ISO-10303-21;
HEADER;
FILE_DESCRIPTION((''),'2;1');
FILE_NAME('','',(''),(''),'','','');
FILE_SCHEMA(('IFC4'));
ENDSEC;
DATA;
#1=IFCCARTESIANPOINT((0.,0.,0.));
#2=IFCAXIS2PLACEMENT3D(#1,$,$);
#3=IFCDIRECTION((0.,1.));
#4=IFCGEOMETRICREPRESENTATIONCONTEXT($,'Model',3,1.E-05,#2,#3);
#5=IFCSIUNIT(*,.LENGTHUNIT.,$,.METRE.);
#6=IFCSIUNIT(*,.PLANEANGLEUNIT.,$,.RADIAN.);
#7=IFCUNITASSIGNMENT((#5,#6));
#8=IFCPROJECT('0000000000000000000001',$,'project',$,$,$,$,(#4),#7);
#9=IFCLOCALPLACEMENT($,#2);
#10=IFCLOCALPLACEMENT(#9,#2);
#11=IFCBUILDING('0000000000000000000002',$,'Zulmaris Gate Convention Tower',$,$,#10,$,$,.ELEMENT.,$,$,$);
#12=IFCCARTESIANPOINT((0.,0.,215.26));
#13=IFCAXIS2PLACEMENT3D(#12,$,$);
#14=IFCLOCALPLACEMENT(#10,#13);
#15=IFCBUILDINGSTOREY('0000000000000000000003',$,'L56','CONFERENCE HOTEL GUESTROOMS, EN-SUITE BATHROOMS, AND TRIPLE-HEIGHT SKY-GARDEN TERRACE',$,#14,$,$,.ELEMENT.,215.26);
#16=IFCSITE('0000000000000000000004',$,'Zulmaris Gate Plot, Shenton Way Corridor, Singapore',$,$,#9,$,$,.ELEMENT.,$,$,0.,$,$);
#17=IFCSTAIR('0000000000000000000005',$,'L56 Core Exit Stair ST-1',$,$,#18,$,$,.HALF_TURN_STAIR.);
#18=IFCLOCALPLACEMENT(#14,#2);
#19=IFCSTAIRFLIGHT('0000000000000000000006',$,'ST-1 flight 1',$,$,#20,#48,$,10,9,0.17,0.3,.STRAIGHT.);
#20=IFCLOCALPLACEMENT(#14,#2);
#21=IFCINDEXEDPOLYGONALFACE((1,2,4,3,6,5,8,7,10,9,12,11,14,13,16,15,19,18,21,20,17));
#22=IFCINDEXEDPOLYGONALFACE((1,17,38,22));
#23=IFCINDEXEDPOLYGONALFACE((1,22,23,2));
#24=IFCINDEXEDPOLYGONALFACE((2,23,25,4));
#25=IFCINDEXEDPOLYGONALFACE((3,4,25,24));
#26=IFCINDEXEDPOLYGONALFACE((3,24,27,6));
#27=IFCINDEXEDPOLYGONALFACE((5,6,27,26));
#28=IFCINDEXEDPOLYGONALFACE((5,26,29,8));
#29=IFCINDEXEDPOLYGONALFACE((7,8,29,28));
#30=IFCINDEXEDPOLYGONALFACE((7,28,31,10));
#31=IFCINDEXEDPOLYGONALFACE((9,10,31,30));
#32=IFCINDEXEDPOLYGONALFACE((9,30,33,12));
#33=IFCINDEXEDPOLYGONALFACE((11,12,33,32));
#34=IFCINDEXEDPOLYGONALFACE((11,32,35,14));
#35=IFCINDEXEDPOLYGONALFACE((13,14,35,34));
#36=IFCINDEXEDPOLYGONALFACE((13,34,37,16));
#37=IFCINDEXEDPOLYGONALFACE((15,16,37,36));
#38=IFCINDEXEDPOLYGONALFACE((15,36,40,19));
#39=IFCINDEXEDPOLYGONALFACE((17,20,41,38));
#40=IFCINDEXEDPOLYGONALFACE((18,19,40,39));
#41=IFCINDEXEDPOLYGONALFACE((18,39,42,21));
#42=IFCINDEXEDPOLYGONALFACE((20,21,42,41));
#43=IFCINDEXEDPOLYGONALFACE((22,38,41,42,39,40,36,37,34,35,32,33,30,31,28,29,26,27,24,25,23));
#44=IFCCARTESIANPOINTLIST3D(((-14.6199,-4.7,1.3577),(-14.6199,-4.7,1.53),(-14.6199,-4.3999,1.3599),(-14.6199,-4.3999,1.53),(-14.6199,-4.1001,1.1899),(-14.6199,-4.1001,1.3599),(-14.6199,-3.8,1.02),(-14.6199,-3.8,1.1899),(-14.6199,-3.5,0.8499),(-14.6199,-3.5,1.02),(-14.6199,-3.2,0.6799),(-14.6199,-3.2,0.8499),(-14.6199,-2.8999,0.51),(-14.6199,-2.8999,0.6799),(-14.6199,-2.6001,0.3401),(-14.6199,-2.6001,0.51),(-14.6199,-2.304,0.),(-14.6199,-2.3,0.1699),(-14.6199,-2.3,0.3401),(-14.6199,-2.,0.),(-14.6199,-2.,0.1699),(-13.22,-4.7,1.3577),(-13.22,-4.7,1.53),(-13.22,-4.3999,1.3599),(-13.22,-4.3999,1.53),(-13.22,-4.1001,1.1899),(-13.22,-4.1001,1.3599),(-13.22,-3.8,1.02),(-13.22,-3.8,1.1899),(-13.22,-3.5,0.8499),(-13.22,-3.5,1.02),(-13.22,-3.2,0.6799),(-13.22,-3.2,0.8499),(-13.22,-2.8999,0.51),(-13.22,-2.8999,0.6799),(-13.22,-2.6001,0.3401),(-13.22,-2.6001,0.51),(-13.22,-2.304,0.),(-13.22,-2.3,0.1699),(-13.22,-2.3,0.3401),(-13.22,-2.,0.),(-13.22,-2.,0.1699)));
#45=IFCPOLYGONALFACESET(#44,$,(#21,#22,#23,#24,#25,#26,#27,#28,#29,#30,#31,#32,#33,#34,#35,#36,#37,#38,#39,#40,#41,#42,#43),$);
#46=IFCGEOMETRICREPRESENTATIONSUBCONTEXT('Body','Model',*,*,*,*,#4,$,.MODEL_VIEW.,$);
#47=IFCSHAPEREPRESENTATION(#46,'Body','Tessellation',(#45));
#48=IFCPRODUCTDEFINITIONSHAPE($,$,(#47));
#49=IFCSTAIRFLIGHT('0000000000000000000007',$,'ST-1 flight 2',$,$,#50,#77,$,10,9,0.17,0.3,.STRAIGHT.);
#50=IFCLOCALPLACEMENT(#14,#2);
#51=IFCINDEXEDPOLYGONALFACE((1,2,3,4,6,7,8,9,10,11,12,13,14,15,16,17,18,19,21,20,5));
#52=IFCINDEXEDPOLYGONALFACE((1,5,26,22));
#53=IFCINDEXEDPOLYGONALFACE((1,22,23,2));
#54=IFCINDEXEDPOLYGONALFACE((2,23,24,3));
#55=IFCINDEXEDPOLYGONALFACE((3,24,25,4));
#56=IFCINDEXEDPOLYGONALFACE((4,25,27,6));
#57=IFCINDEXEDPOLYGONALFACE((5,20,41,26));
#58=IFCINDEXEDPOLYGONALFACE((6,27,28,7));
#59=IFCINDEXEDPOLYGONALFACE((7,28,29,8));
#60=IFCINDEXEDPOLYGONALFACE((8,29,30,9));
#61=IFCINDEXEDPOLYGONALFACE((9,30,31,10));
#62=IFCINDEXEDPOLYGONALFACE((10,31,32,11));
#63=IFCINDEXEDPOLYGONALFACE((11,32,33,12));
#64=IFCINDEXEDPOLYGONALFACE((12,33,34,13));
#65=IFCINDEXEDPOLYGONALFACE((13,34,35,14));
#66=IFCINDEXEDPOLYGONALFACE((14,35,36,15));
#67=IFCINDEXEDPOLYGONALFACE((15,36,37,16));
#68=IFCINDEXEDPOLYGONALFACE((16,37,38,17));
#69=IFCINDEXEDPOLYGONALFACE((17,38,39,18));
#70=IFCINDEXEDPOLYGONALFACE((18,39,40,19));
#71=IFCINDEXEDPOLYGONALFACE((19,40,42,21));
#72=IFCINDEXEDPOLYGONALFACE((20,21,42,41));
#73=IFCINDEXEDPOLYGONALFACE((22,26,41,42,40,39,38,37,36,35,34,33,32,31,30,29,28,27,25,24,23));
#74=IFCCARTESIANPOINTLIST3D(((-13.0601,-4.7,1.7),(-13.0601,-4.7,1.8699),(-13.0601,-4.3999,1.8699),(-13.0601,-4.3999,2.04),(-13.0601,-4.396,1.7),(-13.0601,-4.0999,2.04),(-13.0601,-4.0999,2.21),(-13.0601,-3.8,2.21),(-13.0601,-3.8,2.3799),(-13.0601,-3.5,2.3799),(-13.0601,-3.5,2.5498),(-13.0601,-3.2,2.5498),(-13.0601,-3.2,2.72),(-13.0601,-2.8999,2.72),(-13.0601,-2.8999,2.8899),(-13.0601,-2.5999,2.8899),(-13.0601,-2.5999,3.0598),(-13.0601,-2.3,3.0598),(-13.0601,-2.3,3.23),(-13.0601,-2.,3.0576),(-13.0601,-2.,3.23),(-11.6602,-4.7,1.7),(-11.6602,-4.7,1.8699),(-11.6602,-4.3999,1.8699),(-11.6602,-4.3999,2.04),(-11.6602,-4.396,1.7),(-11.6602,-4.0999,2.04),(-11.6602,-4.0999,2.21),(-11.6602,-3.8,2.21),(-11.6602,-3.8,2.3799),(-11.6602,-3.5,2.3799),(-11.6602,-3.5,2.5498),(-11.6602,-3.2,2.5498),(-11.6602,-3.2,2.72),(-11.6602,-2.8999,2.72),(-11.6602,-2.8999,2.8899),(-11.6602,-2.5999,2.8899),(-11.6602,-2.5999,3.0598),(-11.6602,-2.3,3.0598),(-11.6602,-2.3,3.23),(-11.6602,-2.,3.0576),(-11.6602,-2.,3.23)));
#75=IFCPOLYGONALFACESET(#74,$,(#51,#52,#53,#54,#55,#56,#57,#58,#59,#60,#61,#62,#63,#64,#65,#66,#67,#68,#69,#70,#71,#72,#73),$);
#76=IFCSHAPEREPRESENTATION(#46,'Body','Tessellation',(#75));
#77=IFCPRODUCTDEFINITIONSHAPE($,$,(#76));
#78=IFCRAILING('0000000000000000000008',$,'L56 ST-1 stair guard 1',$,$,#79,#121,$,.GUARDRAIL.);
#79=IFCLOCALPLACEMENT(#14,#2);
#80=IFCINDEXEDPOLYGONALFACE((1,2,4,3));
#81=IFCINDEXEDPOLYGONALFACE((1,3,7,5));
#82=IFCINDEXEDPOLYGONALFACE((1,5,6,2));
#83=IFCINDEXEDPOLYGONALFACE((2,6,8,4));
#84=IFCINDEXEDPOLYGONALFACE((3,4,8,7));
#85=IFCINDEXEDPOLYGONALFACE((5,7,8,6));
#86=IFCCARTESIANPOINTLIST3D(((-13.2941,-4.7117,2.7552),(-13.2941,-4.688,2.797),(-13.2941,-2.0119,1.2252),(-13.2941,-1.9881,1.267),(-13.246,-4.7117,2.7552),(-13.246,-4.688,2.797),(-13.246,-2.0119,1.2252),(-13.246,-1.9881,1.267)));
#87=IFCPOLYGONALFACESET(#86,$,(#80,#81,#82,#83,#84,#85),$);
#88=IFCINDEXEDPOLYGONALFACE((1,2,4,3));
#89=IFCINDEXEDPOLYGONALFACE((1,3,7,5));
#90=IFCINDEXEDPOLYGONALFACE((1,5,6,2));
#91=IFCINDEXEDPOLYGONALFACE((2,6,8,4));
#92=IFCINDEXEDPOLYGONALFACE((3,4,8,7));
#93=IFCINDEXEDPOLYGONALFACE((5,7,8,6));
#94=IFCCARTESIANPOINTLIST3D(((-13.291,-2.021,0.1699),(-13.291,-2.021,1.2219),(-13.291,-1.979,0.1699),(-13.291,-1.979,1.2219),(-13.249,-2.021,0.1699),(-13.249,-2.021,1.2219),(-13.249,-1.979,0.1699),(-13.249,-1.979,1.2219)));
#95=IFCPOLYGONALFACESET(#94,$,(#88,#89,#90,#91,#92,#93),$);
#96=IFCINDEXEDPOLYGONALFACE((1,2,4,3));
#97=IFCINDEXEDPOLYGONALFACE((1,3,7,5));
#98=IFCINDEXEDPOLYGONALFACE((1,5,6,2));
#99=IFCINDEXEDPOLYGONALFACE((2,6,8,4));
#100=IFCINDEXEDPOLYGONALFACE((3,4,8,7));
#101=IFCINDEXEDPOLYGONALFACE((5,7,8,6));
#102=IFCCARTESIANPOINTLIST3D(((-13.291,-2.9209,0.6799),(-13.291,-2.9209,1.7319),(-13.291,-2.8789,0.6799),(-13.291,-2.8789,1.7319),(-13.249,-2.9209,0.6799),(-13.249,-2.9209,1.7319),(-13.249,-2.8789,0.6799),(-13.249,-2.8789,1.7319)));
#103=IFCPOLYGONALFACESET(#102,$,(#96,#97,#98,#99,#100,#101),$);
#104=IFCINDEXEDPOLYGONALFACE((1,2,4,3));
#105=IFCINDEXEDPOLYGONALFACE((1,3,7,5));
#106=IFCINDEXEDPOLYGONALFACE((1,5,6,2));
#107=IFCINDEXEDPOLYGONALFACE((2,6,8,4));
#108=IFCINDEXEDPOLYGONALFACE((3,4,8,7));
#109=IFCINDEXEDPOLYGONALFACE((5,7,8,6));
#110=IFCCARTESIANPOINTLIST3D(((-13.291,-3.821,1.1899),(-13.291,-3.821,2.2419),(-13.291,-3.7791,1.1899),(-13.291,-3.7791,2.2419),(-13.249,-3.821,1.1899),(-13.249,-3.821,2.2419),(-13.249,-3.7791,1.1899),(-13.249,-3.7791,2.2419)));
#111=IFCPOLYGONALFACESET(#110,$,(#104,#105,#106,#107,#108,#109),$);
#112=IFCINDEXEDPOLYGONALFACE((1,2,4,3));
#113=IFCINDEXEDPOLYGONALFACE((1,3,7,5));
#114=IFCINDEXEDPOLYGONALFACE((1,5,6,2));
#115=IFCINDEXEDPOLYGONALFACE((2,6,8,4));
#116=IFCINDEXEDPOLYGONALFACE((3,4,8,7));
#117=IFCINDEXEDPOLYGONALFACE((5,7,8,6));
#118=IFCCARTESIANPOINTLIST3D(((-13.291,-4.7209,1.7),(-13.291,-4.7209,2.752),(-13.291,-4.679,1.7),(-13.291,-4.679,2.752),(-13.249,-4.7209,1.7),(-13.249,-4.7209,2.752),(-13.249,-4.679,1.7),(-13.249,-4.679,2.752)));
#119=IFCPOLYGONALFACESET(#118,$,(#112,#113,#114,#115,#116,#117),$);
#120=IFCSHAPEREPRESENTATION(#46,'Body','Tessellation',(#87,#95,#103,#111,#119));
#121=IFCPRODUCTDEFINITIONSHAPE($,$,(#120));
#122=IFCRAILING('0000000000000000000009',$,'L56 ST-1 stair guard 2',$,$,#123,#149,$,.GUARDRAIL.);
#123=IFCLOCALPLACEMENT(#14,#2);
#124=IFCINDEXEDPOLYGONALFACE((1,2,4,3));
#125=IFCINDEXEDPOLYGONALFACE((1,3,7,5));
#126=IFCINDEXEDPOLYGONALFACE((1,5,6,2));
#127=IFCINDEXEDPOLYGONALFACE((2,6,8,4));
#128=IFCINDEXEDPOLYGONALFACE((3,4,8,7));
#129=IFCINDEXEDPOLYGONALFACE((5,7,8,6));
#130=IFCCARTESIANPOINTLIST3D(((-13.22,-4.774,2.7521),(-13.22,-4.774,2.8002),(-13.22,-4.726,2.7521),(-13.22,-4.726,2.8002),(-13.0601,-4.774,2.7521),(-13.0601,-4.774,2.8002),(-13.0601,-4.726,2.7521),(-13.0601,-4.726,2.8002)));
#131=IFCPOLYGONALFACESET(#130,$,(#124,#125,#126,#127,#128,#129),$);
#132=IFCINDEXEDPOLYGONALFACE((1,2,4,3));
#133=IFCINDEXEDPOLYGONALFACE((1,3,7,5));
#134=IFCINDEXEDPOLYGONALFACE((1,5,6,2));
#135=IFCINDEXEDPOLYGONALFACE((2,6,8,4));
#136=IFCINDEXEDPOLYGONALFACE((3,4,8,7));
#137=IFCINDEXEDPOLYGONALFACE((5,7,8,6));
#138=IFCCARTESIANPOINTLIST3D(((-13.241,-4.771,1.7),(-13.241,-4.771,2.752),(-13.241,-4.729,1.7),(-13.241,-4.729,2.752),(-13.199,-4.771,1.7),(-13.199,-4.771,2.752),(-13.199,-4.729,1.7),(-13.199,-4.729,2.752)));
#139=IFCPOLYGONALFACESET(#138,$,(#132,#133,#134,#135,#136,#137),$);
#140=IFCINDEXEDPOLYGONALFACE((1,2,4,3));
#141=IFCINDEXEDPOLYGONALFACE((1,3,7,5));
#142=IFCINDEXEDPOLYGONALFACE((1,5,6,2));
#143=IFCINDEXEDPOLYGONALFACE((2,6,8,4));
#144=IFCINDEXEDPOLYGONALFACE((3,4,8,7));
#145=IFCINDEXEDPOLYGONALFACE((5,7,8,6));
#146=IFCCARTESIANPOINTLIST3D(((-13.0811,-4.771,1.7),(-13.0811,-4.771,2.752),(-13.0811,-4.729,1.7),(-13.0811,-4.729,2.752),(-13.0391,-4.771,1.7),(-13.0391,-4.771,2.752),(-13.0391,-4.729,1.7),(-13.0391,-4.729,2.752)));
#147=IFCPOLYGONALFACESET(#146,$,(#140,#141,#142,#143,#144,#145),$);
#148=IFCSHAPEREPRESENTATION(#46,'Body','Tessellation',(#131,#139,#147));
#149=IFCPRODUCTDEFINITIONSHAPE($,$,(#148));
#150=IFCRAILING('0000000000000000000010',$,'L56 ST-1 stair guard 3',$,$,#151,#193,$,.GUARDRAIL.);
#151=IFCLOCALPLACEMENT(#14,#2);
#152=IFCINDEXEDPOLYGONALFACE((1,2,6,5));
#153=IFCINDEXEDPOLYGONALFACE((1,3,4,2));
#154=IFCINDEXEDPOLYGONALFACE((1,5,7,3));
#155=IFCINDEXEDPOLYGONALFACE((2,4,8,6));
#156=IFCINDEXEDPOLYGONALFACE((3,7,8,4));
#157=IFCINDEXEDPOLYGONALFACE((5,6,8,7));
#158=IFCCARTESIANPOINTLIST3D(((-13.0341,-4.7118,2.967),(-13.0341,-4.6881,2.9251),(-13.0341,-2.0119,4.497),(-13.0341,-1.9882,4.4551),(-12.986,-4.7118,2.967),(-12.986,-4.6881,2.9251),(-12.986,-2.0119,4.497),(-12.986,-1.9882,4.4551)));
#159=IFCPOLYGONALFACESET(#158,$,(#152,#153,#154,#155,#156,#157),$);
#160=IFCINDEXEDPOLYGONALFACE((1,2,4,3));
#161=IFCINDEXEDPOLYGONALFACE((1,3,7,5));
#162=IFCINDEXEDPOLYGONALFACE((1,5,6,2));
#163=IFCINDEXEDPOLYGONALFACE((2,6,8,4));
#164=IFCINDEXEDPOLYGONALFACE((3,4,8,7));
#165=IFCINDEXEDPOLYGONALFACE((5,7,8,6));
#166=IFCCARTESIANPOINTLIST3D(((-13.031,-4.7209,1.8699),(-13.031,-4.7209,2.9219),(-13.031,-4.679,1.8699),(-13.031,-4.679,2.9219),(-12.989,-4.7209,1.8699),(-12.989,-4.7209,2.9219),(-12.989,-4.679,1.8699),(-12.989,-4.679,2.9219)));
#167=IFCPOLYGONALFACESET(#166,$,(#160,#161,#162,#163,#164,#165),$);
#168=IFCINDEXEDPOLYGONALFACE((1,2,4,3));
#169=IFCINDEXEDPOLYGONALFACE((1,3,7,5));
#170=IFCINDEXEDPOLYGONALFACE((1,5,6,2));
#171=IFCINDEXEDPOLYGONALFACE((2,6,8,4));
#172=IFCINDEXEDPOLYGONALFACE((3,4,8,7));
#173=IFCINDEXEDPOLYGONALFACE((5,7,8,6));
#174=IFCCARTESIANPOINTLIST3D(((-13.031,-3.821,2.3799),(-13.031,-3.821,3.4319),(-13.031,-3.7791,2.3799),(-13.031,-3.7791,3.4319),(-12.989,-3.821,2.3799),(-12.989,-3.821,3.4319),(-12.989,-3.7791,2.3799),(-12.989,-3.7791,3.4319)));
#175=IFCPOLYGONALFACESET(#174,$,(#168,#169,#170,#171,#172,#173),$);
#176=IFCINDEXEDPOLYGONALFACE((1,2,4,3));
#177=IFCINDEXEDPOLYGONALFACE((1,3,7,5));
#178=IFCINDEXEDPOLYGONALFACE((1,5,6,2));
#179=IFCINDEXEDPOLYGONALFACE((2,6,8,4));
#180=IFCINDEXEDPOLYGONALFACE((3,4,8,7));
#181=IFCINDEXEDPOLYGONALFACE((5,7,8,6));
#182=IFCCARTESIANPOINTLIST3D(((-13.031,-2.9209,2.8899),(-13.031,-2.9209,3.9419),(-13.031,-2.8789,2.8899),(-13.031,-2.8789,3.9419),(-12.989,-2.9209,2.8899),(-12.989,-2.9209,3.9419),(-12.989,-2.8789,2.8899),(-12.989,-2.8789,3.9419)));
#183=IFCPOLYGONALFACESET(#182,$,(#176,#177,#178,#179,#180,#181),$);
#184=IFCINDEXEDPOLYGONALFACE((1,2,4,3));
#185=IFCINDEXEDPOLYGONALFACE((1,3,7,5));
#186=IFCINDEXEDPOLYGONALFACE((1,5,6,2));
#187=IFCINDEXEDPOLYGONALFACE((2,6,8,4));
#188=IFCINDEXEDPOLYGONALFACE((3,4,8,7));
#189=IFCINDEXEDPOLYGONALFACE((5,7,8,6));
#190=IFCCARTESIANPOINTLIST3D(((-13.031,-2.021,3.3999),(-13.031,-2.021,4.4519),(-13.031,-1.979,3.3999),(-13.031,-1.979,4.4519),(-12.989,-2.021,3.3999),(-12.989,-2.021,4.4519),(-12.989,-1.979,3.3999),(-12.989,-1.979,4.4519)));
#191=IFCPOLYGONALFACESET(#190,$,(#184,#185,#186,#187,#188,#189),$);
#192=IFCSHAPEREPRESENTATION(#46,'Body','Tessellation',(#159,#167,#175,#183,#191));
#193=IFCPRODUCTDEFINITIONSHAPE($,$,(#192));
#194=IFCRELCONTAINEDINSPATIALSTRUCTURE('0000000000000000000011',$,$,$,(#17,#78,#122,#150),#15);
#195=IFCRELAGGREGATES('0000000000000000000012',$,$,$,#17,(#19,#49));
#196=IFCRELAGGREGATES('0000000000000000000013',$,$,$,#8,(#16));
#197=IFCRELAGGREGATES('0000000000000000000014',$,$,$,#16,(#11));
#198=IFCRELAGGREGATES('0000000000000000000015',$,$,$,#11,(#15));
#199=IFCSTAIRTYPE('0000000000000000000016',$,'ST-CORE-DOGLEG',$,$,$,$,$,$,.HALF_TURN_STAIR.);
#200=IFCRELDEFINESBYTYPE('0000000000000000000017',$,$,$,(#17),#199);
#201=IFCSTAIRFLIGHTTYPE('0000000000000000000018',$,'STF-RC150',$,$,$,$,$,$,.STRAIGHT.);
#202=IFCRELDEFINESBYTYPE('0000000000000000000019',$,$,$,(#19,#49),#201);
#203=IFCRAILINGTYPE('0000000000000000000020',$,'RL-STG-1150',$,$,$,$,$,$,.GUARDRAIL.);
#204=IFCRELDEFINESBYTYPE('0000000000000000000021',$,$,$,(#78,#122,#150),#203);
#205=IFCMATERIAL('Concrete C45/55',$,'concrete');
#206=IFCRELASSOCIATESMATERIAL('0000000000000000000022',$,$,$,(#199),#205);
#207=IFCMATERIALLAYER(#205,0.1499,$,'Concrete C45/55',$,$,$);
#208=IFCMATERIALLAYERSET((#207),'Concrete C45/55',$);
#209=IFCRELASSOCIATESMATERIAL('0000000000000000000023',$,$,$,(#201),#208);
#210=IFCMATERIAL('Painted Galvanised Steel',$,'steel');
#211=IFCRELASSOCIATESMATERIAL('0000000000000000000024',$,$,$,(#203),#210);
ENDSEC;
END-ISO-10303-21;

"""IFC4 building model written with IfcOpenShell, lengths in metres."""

from ifc_helpers import new_model, si_unit, direction, frame, origin, origin_2d, place, context, subcontext, project, spatial, polyline, rectangle, outline, extrude, material, layer, layer_set, type_object, element, aggregate, save


model = new_model("IFC4")

# Units and contexts
model_context = context("Model", 3, precision=1e-05, world=origin(), true_north=direction((0.0, 1.0)))
body_context = subcontext(model_context, "Body", "Model", "MODEL_VIEW")
ifc_project = project(units=[si_unit("LENGTHUNIT", "METRE"), si_unit("PLANEANGLEUNIT", "RADIAN")], contexts=[model_context])

# Site, building, storey
site_placement = place(None, origin())
site = spatial("IfcSite", under=ifc_project, at=site_placement, Name="Zulmaris Gate Plot, Shenton Way Corridor, Singapore", CompositionType="ELEMENT", RefElevation=0.0)
building_placement = place(site_placement, origin())
building = spatial("IfcBuilding", under=site, at=building_placement, Name="Zulmaris Gate Convention Tower", CompositionType="ELEMENT")
storey_placement = place(building_placement, frame((0.0, 0.0, 215.26)))
storey = spatial("IfcBuildingStorey", under=building, at=storey_placement, Name="L56", Description="CONFERENCE HOTEL GUESTROOMS, EN-SUITE BATHROOMS, AND TRIPLE-HEIGHT SKY-GARDEN TERRACE", CompositionType="ELEMENT", Elevation=215.26)

# Stair, stair flights
ifc_material_1 = material(Name="Concrete C45/55", Category="concrete")
stair_type = type_object("IfcStairType", Name="ST-CORE-DOGLEG", PredefinedType="HALF_TURN_STAIR", material=ifc_material_1)
stair_placement = place(storey_placement, origin())
stair = element("IfcStair", 1, at=stair_placement, inside=storey, type_object=stair_type, Name="L56 Core Exit Stair ST-1", PredefinedType="HALF_TURN_STAIR")
ifc_layer_1 = layer(ifc_material_1, 0.1499, Name="Concrete C45/55")
ifc_layer_set_1 = layer_set([ifc_layer_1], Name="Concrete C45/55")
stair_flight_type = type_object("IfcStairFlightType", Name="STF-RC150", PredefinedType="STRAIGHT", material=ifc_layer_set_1)
stair_flight_1_placement = place(storey_placement, frame((-13.9199, -2.0, 0.0), z_axis=(0.0, 0.0, 1.0), x_axis=(0.0, -1.0, 0.0)))
stair_flight_1 = element("IfcStairFlight", 2, at=stair_flight_1_placement, type_object=stair_flight_type, Name="ST-1 flight 1", NumberOfRisers=10, NumberOfTreads=9, PredefinedType="STRAIGHT", RiserHeight=0.17, TreadLength=0.3, context=body_context, shape_type="SweptSolid", body=[
    extrude(outline(polyline([(0.0, 0.0), (0.0, 0.1699), (0.3, 0.1699), (0.3, 0.3401), (0.6001, 0.3401), (0.6001, 0.51), (0.8999, 0.51), (0.8999, 0.6799), (1.2, 0.6799), (1.2, 0.8499), (1.5, 0.8499), (1.5, 1.02), (1.8, 1.02), (1.8, 1.1899), (2.1001, 1.1899), (2.1001, 1.3599), (2.3999, 1.3599), (2.3999, 1.53), (2.7, 1.53), (2.7, 1.7), (2.7, 1.3577), (0.304, 0.0), (0.0, 0.0)])), frame((0.0, 0.7, 0.0), z_axis=(0.0, -1.0, 0.0), x_axis=(1.0, 0.0, 0.0)), (0.0, 0.0, 1.0), 1.3999),
])
stair_flight_2_placement = place(storey_placement, frame((-12.3601, -4.7, 1.7), z_axis=(0.0, 0.0, 1.0), x_axis=(0.0, 1.0, 0.0)))
stair_flight_2 = element("IfcStairFlight", 3, at=stair_flight_2_placement, type_object=stair_flight_type, Name="ST-1 flight 2", NumberOfRisers=10, NumberOfTreads=9, PredefinedType="STRAIGHT", RiserHeight=0.17, TreadLength=0.3, context=body_context, shape_type="SweptSolid", body=[
    extrude(outline(polyline([(0.0, 0.0), (0.0, 0.1699), (0.3, 0.1699), (0.3, 0.3401), (0.6001, 0.3401), (0.6001, 0.51), (0.8999, 0.51), (0.8999, 0.6799), (1.2, 0.6799), (1.2, 0.8499), (1.5, 0.8499), (1.5, 1.02), (1.8, 1.02), (1.8, 1.1899), (2.1001, 1.1899), (2.1001, 1.3599), (2.3999, 1.3599), (2.3999, 1.53), (2.7, 1.53), (2.7, 1.7), (2.7, 1.3577), (0.304, 0.0), (0.0, 0.0)])), frame((0.0, 0.7, 0.0), z_axis=(0.0, -1.0, 0.0), x_axis=(1.0, 0.0, 0.0)), (0.0, 0.0, 1.0), 1.3999),
])
aggregate(stair, [stair_flight_1, stair_flight_2])

# Railings
ifc_material_2 = material(Name="Painted Galvanised Steel", Category="steel")
railing_type_1 = type_object("IfcRailingType", Name="RL-STG-1150", PredefinedType="GUARDRAIL", material=ifc_material_2)
railing_1_placement = place(storey_placement, frame((-13.27, -2.0, 0.1699)))
element("IfcRailing", 4, at=railing_1_placement, inside=storey, type_object=railing_type_1, Name="L56 ST-1 stair guard 1", PredefinedType="GUARDRAIL", context=body_context, shape_type="SweptSolid", body=[
    extrude(rectangle(XDim=0.0481, YDim=0.0481, at=origin_2d()), frame((0.0, 0.0, 1.0762), z_axis=(0.0, -0.870014, 0.493026), x_axis=(1.0, 0.0, 0.0)), (0.0, 0.0, 1.0), 3.1033),
    extrude(rectangle(XDim=0.042, YDim=0.042, at=origin_2d()), origin(), (0.0, 0.0, 1.0), 1.052),
    extrude(rectangle(XDim=0.042, YDim=0.042, at=origin_2d()), frame((0.0, -0.8999, 0.51)), (0.0, 0.0, 1.0), 1.052),
    extrude(rectangle(XDim=0.042, YDim=0.042, at=origin_2d()), frame((0.0, -1.8, 1.02)), (0.0, 0.0, 1.0), 1.052),
    extrude(rectangle(XDim=0.042, YDim=0.042, at=origin_2d()), frame((0.0, -2.7, 1.53)), (0.0, 0.0, 1.0), 1.052),
])
railing_2_placement = place(storey_placement, frame((-13.22, -4.75, 1.7)))
element("IfcRailing", 5, at=railing_2_placement, inside=storey, type_object=railing_type_1, Name="L56 ST-1 stair guard 2", PredefinedType="GUARDRAIL", context=body_context, shape_type="SweptSolid", body=[
    extrude(rectangle(XDim=0.0481, YDim=0.0481, at=origin_2d()), frame((0.0, 0.0, 1.0762), z_axis=(1.0, 0.0, 0.0), x_axis=(0.0, 1.0, 0.0)), (0.0, 0.0, 1.0), 0.1599),
    extrude(rectangle(XDim=0.042, YDim=0.042, at=origin_2d()), origin(), (0.0, 0.0, 1.0), 1.052),
    extrude(rectangle(XDim=0.042, YDim=0.042, at=origin_2d()), frame((0.1599, 0.0, 0.0)), (0.0, 0.0, 1.0), 1.052),
])
railing_3_placement = place(storey_placement, frame((-13.01, -4.7, 1.8699)))
element("IfcRailing", 6, at=railing_3_placement, inside=storey, type_object=railing_type_1, Name="L56 ST-1 stair guard 3", PredefinedType="GUARDRAIL", context=body_context, shape_type="SweptSolid", body=[
    extrude(rectangle(XDim=0.0481, YDim=0.0481, at=origin_2d()), frame((0.0, 0.0, 1.0762), z_axis=(0.0, 0.870014, 0.493026), x_axis=(-1.0, 0.0, 0.0)), (0.0, 0.0, 1.0), 3.1033),
    extrude(rectangle(XDim=0.042, YDim=0.042, at=origin_2d()), origin(), (0.0, 0.0, 1.0), 1.052),
    extrude(rectangle(XDim=0.042, YDim=0.042, at=origin_2d()), frame((0.0, 0.8999, 0.51)), (0.0, 0.0, 1.0), 1.052),
    extrude(rectangle(XDim=0.042, YDim=0.042, at=origin_2d()), frame((0.0, 1.8, 1.02)), (0.0, 0.0, 1.0), 1.052),
    extrude(rectangle(XDim=0.042, YDim=0.042, at=origin_2d()), frame((0.0, 2.7, 1.53)), (0.0, 0.0, 1.0), 1.052),
])

save(model, "model.ifc")
